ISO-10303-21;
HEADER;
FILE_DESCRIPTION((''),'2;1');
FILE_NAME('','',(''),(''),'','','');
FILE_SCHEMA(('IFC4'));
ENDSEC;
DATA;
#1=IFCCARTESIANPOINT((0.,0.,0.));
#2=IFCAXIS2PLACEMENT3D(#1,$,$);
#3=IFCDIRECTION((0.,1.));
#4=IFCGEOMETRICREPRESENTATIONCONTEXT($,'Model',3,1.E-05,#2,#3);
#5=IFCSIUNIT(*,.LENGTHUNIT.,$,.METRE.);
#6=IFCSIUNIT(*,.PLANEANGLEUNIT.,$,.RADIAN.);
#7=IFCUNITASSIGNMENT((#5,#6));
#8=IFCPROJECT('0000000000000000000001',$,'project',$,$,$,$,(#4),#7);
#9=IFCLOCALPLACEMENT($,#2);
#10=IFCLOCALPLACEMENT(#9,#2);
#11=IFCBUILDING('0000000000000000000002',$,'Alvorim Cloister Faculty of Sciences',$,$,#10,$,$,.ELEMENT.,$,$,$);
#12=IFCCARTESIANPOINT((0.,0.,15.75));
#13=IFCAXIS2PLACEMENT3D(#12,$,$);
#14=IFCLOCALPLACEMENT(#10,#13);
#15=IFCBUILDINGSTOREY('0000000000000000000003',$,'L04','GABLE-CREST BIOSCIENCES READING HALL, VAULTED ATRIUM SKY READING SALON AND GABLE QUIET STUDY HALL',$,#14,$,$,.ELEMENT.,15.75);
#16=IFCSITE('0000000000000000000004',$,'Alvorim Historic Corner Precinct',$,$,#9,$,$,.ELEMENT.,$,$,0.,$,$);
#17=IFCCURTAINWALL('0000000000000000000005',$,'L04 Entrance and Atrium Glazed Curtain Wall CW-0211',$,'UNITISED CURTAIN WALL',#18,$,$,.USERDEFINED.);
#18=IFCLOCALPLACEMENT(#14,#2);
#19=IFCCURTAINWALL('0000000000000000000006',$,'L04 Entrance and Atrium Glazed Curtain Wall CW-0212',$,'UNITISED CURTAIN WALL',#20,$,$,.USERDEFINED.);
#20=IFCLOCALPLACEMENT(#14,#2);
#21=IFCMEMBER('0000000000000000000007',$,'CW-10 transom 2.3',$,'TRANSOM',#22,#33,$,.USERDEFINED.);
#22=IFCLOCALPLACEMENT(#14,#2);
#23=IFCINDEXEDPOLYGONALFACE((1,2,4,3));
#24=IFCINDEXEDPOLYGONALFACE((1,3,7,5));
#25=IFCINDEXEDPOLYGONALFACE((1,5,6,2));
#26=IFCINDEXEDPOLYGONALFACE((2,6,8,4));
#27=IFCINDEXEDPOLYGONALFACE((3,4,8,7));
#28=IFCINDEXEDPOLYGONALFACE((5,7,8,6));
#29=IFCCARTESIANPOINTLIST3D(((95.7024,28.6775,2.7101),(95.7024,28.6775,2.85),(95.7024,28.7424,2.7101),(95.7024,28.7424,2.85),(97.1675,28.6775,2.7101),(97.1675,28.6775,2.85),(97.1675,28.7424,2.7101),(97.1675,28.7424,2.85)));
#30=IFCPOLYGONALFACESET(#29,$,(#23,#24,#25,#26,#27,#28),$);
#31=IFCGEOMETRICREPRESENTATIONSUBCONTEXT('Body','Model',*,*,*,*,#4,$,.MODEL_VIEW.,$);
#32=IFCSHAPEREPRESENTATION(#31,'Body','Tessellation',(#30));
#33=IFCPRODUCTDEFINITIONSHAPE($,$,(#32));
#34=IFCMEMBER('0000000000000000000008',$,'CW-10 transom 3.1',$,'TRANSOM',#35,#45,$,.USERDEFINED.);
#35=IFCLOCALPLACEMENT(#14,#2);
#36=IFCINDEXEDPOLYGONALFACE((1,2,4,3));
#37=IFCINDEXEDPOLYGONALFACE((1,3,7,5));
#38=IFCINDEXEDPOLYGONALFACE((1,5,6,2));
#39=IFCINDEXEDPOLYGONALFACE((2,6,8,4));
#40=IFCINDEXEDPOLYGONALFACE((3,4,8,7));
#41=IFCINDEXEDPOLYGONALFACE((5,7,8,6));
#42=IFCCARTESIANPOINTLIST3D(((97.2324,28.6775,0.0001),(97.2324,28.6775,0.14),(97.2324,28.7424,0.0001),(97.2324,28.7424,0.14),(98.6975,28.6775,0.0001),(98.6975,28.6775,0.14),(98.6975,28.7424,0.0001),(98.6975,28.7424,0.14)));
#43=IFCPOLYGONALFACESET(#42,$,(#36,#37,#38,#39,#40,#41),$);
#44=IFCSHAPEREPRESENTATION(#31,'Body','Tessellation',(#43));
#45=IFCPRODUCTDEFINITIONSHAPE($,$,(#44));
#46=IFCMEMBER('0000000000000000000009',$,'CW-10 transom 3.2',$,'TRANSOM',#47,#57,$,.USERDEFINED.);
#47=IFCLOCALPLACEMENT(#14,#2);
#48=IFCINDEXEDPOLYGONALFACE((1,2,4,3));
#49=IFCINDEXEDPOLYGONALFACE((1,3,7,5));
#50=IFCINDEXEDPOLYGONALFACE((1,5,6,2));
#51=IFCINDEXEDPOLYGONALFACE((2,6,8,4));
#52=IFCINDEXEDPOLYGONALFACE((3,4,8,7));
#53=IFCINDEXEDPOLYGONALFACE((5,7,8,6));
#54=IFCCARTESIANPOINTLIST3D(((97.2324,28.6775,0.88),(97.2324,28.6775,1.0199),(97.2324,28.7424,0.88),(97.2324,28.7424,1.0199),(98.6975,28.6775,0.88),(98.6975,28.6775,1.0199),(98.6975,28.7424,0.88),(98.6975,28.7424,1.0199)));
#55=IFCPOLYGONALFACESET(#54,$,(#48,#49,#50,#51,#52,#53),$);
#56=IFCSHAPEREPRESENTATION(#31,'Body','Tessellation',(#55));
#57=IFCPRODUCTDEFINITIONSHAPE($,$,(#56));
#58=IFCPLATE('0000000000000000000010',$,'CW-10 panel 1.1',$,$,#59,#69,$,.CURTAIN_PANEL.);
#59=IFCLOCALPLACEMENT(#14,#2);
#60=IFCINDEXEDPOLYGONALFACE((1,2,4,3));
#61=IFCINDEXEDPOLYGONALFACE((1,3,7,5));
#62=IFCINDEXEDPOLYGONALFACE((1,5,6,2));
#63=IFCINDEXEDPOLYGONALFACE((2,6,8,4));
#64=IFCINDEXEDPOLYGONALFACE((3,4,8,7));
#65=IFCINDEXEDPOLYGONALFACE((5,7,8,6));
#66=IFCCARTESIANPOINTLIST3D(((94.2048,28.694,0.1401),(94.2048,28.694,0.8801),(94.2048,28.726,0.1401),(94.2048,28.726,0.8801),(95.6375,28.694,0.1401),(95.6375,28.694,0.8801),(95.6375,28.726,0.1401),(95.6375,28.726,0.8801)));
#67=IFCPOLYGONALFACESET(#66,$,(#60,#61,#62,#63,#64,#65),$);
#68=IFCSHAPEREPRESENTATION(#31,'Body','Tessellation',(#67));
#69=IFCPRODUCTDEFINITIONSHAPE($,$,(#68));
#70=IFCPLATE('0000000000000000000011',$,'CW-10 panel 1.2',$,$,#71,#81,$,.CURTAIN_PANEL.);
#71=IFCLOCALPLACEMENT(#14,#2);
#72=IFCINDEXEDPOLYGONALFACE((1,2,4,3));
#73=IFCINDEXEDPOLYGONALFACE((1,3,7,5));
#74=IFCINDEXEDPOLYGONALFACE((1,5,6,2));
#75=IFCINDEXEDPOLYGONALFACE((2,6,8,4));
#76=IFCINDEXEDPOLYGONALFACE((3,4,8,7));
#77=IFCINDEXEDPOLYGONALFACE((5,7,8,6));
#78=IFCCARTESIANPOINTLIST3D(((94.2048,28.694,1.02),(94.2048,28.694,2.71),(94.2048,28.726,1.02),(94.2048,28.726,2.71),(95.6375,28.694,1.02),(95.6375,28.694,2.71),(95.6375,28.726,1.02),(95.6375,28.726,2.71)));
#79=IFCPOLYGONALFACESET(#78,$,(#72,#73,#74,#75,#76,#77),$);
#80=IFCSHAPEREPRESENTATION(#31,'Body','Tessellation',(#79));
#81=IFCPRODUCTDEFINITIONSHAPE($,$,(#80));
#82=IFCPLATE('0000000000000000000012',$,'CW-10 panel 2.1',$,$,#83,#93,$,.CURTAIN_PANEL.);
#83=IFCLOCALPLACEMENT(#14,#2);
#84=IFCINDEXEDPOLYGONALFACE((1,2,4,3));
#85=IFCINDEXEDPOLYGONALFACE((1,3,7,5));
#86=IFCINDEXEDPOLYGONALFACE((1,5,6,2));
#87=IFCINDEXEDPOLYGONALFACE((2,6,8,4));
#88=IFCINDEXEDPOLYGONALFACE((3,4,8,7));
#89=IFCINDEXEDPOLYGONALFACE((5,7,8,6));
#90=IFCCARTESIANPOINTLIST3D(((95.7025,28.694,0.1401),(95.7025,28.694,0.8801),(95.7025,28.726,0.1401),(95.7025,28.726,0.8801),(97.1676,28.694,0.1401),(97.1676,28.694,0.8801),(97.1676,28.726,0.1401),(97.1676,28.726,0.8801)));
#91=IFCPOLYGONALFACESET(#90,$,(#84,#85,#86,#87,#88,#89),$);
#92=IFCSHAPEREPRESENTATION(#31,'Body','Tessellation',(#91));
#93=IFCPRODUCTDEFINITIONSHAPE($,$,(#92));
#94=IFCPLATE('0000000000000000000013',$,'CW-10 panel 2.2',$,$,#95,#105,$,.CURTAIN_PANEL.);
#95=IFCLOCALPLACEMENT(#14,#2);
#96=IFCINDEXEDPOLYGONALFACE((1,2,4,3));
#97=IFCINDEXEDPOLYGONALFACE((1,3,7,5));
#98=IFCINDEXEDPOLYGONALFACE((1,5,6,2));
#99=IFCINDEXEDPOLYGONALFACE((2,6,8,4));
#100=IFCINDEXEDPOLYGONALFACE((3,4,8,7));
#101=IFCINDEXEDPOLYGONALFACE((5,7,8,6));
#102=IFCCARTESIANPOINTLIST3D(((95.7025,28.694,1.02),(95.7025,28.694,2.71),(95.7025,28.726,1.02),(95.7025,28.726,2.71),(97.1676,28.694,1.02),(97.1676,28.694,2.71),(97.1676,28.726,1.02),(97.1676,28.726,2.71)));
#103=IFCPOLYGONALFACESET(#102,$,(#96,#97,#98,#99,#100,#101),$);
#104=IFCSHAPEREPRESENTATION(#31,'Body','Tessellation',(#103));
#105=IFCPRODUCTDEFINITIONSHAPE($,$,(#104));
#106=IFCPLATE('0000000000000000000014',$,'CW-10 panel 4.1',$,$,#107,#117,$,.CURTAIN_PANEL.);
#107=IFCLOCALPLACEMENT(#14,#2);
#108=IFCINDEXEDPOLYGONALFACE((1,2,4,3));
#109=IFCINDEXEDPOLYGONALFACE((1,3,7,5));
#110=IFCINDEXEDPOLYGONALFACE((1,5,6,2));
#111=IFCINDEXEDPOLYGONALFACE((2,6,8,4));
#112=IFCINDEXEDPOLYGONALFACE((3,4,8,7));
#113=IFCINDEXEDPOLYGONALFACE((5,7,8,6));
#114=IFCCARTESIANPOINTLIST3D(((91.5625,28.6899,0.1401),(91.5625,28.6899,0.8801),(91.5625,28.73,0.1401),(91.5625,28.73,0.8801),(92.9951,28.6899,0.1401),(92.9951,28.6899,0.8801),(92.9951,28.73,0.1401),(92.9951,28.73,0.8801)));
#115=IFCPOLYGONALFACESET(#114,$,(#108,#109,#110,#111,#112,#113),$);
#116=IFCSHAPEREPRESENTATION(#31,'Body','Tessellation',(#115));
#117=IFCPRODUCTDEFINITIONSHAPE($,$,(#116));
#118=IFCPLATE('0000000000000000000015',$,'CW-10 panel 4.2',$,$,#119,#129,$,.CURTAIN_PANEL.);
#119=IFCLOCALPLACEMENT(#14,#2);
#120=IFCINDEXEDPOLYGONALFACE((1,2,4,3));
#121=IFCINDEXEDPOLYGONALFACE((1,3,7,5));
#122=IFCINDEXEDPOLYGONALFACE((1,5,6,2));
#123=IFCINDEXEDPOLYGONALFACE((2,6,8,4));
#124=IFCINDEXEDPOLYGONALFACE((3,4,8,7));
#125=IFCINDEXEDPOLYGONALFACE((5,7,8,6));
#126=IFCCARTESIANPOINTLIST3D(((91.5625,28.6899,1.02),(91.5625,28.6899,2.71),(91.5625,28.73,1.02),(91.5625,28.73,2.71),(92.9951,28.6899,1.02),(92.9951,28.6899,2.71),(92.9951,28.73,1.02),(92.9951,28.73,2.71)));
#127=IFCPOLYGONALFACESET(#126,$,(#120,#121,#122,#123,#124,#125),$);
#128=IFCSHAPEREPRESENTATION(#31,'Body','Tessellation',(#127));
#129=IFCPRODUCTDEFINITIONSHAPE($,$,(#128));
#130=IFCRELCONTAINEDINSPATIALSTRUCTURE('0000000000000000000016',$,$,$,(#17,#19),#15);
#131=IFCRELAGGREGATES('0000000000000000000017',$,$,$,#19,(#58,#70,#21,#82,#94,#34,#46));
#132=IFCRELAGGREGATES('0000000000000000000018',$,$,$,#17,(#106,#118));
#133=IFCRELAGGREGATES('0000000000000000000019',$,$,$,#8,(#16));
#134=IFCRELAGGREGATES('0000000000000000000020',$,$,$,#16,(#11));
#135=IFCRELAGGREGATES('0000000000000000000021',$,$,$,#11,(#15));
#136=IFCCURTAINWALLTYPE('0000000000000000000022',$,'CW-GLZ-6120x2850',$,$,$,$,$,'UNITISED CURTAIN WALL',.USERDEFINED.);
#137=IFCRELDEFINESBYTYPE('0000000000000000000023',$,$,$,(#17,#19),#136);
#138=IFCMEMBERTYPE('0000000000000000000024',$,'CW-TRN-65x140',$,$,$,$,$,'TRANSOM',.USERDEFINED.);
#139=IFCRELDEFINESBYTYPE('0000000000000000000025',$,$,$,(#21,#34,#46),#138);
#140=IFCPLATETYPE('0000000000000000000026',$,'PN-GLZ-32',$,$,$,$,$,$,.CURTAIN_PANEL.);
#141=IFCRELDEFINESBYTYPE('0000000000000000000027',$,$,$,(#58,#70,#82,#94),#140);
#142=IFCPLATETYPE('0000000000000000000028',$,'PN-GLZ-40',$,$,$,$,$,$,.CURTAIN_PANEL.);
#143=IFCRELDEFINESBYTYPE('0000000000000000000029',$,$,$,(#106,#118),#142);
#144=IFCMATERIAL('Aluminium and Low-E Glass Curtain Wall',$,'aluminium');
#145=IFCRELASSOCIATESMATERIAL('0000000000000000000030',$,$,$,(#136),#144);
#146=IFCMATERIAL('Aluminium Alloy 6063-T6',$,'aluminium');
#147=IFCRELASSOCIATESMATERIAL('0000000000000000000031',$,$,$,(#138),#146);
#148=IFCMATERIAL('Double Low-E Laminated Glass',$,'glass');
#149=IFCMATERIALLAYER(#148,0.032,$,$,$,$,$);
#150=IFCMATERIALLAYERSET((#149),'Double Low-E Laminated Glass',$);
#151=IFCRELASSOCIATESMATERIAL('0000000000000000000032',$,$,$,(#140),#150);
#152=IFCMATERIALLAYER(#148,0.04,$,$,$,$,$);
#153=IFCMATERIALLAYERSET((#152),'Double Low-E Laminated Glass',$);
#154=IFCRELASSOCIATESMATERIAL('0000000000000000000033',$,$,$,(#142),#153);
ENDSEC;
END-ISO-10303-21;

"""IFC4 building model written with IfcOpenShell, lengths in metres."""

from ifc_helpers import new_model, si_unit, direction, frame, origin, origin_2d, place, context, subcontext, project, spatial, rectangle, extrude, material, layer, layer_set, material_profile, profile_set, type_object, element, aggregate, save


model = new_model("IFC4")

# Units and contexts
model_context = context("Model", 3, precision=1e-05, world=origin(), true_north=direction((0.0, 1.0)))
body_context = subcontext(model_context, "Body", "Model", "MODEL_VIEW")
ifc_project = project(units=[si_unit("LENGTHUNIT", "METRE"), si_unit("PLANEANGLEUNIT", "RADIAN")], contexts=[model_context])

# Site, building, storey
site_placement = place(None, origin())
site = spatial("IfcSite", under=ifc_project, at=site_placement, Name="Alvorim Historic Corner Precinct", CompositionType="ELEMENT", RefElevation=0.0)
building_placement = place(site_placement, origin())
building = spatial("IfcBuilding", under=site, at=building_placement, Name="Alvorim Cloister Faculty of Sciences", CompositionType="ELEMENT")
storey_placement = place(building_placement, frame((0.0, 0.0, 15.75)))
storey = spatial("IfcBuildingStorey", under=building, at=storey_placement, Name="L04", Description="GABLE-CREST BIOSCIENCES READING HALL, VAULTED ATRIUM SKY READING SALON AND GABLE QUIET STUDY HALL", CompositionType="ELEMENT", Elevation=15.75)

# Curtain wall
ifc_material_1 = material(Name="Aluminium and Low-E Glass Curtain Wall", Category="aluminium")
curtain_wall_type = type_object("IfcCurtainWallType", Name="CW-GLZ-6120x2850", ElementType="UNITISED CURTAIN WALL", PredefinedType="USERDEFINED", material=ifc_material_1)
curtain_wall_1_placement = place(storey_placement, origin())
curtain_wall_1 = element("IfcCurtainWall", 1, at=curtain_wall_1_placement, inside=storey, type_object=curtain_wall_type, Name="L04 Entrance and Atrium Glazed Curtain Wall CW-0211", ObjectType="UNITISED CURTAIN WALL", PredefinedType="USERDEFINED")
ifc_material_2 = material(Name="Aluminium Alloy 6063-T6", Category="aluminium")

# Curtain wall
curtain_wall_2_placement = place(storey_placement, origin())
curtain_wall_2 = element("IfcCurtainWall", 2, at=curtain_wall_2_placement, inside=storey, type_object=curtain_wall_type, Name="L04 Entrance and Atrium Glazed Curtain Wall CW-0212", ObjectType="UNITISED CURTAIN WALL", PredefinedType="USERDEFINED")

# Members
ifc_material_profile_1 = material_profile(ifc_material_2, rectangle(XDim=0.0649, YDim=0.1399, at=origin_2d()), Name="ALU-TRN-65x140")
ifc_profile_set_1 = profile_set([ifc_material_profile_1], Name="Aluminium Alloy 6063-T6")
member_type_1 = type_object("IfcMemberType", Name="CW-TRN-65x140", ElementType="TRANSOM", PredefinedType="USERDEFINED", material=ifc_profile_set_1)
member_1_placement = place(storey_placement, frame((95.7024, 28.71, 2.78), z_axis=(1.0, 0.0, 0.0), x_axis=(0.0, 1.0, 0.0)))
member_1 = element("IfcMember", 3, at=member_1_placement, type_object=member_type_1, Name="CW-10 transom 2.3", ObjectType="TRANSOM", PredefinedType="USERDEFINED", context=body_context, shape_type="SweptSolid", body=[
    extrude(rectangle(XDim=0.0649, YDim=0.1399, at=origin_2d()), origin(), (0.0, 0.0, 1.0), 1.4651),
])
member_2_placement = place(storey_placement, frame((97.2324, 28.71, 0.0701), z_axis=(1.0, 0.0, 0.0), x_axis=(0.0, 1.0, 0.0)))
member_2 = element("IfcMember", 4, at=member_2_placement, type_object=member_type_1, Name="CW-10 transom 3.1", ObjectType="TRANSOM", PredefinedType="USERDEFINED", context=body_context, shape_type="SweptSolid", body=[
    extrude(rectangle(XDim=0.0649, YDim=0.1399, at=origin_2d()), origin(), (0.0, 0.0, 1.0), 1.4651),
])
member_3_placement = place(storey_placement, frame((97.2324, 28.71, 0.95), z_axis=(1.0, 0.0, 0.0), x_axis=(0.0, 1.0, 0.0)))
member_3 = element("IfcMember", 5, at=member_3_placement, type_object=member_type_1, Name="CW-10 transom 3.2", ObjectType="TRANSOM", PredefinedType="USERDEFINED", context=body_context, shape_type="SweptSolid", body=[
    extrude(rectangle(XDim=0.0649, YDim=0.1399, at=origin_2d()), origin(), (0.0, 0.0, 1.0), 1.4651),
])

# Plates
ifc_material_3 = material(Name="Double Low-E Laminated Glass", Category="glass")
ifc_layer_1 = layer(ifc_material_3, 0.032)
ifc_layer_set_1 = layer_set([ifc_layer_1], Name="Double Low-E Laminated Glass")
plate_type_1 = type_object("IfcPlateType", Name="PN-GLZ-32", PredefinedType="CURTAIN_PANEL", material=ifc_layer_set_1)
plate_1_placement = place(storey_placement, frame((94.9211, 28.71, 0.1401), z_axis=(0.0, 0.0, 1.0), x_axis=(1.0, 0.0, 0.0)))
plate_1 = element("IfcPlate", 6, at=plate_1_placement, type_object=plate_type_1, Name="CW-10 panel 1.1", PredefinedType="CURTAIN_PANEL", context=body_context, shape_type="SweptSolid", body=[
    extrude(rectangle(XDim=1.4326, YDim=0.032, at=origin_2d()), origin(), (0.0, 0.0, 1.0), 0.74),
])
plate_2_placement = place(storey_placement, frame((94.9211, 28.71, 1.02), z_axis=(0.0, 0.0, 1.0), x_axis=(1.0, 0.0, 0.0)))
plate_2 = element("IfcPlate", 7, at=plate_2_placement, type_object=plate_type_1, Name="CW-10 panel 1.2", PredefinedType="CURTAIN_PANEL", context=body_context, shape_type="SweptSolid", body=[
    extrude(rectangle(XDim=1.4326, YDim=0.032, at=origin_2d()), origin(), (0.0, 0.0, 1.0), 1.6899),
])
plate_3_placement = place(storey_placement, frame((96.4351, 28.71, 0.1401), z_axis=(0.0, 0.0, 1.0), x_axis=(1.0, 0.0, 0.0)))
plate_3 = element("IfcPlate", 8, at=plate_3_placement, type_object=plate_type_1, Name="CW-10 panel 2.1", PredefinedType="CURTAIN_PANEL", context=body_context, shape_type="SweptSolid", body=[
    extrude(rectangle(XDim=1.4651, YDim=0.032, at=origin_2d()), origin(), (0.0, 0.0, 1.0), 0.74),
])
plate_4_placement = place(storey_placement, frame((96.4351, 28.71, 1.02), z_axis=(0.0, 0.0, 1.0), x_axis=(1.0, 0.0, 0.0)))
plate_4 = element("IfcPlate", 9, at=plate_4_placement, type_object=plate_type_1, Name="CW-10 panel 2.2", PredefinedType="CURTAIN_PANEL", context=body_context, shape_type="SweptSolid", body=[
    extrude(rectangle(XDim=1.4651, YDim=0.032, at=origin_2d()), origin(), (0.0, 0.0, 1.0), 1.6899),
])
aggregate(curtain_wall_2, [plate_1, plate_2, member_1, plate_3, plate_4, member_2, member_3])
ifc_layer_2 = layer(ifc_material_3, 0.04)
ifc_layer_set_2 = layer_set([ifc_layer_2], Name="Double Low-E Laminated Glass")
plate_type_2 = type_object("IfcPlateType", Name="PN-GLZ-40", PredefinedType="CURTAIN_PANEL", material=ifc_layer_set_2)
plate_5_placement = place(storey_placement, frame((92.2788, 28.71, 0.1401), z_axis=(0.0, 0.0, 1.0), x_axis=(1.0, 0.0, 0.0)))
plate_5 = element("IfcPlate", 10, at=plate_5_placement, type_object=plate_type_2, Name="CW-10 panel 4.1", PredefinedType="CURTAIN_PANEL", context=body_context, shape_type="SweptSolid", body=[
    extrude(rectangle(XDim=1.4326, YDim=0.04, at=origin_2d()), origin(), (0.0, 0.0, 1.0), 0.74),
])
plate_6_placement = place(storey_placement, frame((92.2788, 28.71, 1.02), z_axis=(0.0, 0.0, 1.0), x_axis=(1.0, 0.0, 0.0)))
plate_6 = element("IfcPlate", 11, at=plate_6_placement, type_object=plate_type_2, Name="CW-10 panel 4.2", PredefinedType="CURTAIN_PANEL", context=body_context, shape_type="SweptSolid", body=[
    extrude(rectangle(XDim=1.4326, YDim=0.04, at=origin_2d()), origin(), (0.0, 0.0, 1.0), 1.6899),
])
aggregate(curtain_wall_1, [plate_5, plate_6])

save(model, "model.ifc")
